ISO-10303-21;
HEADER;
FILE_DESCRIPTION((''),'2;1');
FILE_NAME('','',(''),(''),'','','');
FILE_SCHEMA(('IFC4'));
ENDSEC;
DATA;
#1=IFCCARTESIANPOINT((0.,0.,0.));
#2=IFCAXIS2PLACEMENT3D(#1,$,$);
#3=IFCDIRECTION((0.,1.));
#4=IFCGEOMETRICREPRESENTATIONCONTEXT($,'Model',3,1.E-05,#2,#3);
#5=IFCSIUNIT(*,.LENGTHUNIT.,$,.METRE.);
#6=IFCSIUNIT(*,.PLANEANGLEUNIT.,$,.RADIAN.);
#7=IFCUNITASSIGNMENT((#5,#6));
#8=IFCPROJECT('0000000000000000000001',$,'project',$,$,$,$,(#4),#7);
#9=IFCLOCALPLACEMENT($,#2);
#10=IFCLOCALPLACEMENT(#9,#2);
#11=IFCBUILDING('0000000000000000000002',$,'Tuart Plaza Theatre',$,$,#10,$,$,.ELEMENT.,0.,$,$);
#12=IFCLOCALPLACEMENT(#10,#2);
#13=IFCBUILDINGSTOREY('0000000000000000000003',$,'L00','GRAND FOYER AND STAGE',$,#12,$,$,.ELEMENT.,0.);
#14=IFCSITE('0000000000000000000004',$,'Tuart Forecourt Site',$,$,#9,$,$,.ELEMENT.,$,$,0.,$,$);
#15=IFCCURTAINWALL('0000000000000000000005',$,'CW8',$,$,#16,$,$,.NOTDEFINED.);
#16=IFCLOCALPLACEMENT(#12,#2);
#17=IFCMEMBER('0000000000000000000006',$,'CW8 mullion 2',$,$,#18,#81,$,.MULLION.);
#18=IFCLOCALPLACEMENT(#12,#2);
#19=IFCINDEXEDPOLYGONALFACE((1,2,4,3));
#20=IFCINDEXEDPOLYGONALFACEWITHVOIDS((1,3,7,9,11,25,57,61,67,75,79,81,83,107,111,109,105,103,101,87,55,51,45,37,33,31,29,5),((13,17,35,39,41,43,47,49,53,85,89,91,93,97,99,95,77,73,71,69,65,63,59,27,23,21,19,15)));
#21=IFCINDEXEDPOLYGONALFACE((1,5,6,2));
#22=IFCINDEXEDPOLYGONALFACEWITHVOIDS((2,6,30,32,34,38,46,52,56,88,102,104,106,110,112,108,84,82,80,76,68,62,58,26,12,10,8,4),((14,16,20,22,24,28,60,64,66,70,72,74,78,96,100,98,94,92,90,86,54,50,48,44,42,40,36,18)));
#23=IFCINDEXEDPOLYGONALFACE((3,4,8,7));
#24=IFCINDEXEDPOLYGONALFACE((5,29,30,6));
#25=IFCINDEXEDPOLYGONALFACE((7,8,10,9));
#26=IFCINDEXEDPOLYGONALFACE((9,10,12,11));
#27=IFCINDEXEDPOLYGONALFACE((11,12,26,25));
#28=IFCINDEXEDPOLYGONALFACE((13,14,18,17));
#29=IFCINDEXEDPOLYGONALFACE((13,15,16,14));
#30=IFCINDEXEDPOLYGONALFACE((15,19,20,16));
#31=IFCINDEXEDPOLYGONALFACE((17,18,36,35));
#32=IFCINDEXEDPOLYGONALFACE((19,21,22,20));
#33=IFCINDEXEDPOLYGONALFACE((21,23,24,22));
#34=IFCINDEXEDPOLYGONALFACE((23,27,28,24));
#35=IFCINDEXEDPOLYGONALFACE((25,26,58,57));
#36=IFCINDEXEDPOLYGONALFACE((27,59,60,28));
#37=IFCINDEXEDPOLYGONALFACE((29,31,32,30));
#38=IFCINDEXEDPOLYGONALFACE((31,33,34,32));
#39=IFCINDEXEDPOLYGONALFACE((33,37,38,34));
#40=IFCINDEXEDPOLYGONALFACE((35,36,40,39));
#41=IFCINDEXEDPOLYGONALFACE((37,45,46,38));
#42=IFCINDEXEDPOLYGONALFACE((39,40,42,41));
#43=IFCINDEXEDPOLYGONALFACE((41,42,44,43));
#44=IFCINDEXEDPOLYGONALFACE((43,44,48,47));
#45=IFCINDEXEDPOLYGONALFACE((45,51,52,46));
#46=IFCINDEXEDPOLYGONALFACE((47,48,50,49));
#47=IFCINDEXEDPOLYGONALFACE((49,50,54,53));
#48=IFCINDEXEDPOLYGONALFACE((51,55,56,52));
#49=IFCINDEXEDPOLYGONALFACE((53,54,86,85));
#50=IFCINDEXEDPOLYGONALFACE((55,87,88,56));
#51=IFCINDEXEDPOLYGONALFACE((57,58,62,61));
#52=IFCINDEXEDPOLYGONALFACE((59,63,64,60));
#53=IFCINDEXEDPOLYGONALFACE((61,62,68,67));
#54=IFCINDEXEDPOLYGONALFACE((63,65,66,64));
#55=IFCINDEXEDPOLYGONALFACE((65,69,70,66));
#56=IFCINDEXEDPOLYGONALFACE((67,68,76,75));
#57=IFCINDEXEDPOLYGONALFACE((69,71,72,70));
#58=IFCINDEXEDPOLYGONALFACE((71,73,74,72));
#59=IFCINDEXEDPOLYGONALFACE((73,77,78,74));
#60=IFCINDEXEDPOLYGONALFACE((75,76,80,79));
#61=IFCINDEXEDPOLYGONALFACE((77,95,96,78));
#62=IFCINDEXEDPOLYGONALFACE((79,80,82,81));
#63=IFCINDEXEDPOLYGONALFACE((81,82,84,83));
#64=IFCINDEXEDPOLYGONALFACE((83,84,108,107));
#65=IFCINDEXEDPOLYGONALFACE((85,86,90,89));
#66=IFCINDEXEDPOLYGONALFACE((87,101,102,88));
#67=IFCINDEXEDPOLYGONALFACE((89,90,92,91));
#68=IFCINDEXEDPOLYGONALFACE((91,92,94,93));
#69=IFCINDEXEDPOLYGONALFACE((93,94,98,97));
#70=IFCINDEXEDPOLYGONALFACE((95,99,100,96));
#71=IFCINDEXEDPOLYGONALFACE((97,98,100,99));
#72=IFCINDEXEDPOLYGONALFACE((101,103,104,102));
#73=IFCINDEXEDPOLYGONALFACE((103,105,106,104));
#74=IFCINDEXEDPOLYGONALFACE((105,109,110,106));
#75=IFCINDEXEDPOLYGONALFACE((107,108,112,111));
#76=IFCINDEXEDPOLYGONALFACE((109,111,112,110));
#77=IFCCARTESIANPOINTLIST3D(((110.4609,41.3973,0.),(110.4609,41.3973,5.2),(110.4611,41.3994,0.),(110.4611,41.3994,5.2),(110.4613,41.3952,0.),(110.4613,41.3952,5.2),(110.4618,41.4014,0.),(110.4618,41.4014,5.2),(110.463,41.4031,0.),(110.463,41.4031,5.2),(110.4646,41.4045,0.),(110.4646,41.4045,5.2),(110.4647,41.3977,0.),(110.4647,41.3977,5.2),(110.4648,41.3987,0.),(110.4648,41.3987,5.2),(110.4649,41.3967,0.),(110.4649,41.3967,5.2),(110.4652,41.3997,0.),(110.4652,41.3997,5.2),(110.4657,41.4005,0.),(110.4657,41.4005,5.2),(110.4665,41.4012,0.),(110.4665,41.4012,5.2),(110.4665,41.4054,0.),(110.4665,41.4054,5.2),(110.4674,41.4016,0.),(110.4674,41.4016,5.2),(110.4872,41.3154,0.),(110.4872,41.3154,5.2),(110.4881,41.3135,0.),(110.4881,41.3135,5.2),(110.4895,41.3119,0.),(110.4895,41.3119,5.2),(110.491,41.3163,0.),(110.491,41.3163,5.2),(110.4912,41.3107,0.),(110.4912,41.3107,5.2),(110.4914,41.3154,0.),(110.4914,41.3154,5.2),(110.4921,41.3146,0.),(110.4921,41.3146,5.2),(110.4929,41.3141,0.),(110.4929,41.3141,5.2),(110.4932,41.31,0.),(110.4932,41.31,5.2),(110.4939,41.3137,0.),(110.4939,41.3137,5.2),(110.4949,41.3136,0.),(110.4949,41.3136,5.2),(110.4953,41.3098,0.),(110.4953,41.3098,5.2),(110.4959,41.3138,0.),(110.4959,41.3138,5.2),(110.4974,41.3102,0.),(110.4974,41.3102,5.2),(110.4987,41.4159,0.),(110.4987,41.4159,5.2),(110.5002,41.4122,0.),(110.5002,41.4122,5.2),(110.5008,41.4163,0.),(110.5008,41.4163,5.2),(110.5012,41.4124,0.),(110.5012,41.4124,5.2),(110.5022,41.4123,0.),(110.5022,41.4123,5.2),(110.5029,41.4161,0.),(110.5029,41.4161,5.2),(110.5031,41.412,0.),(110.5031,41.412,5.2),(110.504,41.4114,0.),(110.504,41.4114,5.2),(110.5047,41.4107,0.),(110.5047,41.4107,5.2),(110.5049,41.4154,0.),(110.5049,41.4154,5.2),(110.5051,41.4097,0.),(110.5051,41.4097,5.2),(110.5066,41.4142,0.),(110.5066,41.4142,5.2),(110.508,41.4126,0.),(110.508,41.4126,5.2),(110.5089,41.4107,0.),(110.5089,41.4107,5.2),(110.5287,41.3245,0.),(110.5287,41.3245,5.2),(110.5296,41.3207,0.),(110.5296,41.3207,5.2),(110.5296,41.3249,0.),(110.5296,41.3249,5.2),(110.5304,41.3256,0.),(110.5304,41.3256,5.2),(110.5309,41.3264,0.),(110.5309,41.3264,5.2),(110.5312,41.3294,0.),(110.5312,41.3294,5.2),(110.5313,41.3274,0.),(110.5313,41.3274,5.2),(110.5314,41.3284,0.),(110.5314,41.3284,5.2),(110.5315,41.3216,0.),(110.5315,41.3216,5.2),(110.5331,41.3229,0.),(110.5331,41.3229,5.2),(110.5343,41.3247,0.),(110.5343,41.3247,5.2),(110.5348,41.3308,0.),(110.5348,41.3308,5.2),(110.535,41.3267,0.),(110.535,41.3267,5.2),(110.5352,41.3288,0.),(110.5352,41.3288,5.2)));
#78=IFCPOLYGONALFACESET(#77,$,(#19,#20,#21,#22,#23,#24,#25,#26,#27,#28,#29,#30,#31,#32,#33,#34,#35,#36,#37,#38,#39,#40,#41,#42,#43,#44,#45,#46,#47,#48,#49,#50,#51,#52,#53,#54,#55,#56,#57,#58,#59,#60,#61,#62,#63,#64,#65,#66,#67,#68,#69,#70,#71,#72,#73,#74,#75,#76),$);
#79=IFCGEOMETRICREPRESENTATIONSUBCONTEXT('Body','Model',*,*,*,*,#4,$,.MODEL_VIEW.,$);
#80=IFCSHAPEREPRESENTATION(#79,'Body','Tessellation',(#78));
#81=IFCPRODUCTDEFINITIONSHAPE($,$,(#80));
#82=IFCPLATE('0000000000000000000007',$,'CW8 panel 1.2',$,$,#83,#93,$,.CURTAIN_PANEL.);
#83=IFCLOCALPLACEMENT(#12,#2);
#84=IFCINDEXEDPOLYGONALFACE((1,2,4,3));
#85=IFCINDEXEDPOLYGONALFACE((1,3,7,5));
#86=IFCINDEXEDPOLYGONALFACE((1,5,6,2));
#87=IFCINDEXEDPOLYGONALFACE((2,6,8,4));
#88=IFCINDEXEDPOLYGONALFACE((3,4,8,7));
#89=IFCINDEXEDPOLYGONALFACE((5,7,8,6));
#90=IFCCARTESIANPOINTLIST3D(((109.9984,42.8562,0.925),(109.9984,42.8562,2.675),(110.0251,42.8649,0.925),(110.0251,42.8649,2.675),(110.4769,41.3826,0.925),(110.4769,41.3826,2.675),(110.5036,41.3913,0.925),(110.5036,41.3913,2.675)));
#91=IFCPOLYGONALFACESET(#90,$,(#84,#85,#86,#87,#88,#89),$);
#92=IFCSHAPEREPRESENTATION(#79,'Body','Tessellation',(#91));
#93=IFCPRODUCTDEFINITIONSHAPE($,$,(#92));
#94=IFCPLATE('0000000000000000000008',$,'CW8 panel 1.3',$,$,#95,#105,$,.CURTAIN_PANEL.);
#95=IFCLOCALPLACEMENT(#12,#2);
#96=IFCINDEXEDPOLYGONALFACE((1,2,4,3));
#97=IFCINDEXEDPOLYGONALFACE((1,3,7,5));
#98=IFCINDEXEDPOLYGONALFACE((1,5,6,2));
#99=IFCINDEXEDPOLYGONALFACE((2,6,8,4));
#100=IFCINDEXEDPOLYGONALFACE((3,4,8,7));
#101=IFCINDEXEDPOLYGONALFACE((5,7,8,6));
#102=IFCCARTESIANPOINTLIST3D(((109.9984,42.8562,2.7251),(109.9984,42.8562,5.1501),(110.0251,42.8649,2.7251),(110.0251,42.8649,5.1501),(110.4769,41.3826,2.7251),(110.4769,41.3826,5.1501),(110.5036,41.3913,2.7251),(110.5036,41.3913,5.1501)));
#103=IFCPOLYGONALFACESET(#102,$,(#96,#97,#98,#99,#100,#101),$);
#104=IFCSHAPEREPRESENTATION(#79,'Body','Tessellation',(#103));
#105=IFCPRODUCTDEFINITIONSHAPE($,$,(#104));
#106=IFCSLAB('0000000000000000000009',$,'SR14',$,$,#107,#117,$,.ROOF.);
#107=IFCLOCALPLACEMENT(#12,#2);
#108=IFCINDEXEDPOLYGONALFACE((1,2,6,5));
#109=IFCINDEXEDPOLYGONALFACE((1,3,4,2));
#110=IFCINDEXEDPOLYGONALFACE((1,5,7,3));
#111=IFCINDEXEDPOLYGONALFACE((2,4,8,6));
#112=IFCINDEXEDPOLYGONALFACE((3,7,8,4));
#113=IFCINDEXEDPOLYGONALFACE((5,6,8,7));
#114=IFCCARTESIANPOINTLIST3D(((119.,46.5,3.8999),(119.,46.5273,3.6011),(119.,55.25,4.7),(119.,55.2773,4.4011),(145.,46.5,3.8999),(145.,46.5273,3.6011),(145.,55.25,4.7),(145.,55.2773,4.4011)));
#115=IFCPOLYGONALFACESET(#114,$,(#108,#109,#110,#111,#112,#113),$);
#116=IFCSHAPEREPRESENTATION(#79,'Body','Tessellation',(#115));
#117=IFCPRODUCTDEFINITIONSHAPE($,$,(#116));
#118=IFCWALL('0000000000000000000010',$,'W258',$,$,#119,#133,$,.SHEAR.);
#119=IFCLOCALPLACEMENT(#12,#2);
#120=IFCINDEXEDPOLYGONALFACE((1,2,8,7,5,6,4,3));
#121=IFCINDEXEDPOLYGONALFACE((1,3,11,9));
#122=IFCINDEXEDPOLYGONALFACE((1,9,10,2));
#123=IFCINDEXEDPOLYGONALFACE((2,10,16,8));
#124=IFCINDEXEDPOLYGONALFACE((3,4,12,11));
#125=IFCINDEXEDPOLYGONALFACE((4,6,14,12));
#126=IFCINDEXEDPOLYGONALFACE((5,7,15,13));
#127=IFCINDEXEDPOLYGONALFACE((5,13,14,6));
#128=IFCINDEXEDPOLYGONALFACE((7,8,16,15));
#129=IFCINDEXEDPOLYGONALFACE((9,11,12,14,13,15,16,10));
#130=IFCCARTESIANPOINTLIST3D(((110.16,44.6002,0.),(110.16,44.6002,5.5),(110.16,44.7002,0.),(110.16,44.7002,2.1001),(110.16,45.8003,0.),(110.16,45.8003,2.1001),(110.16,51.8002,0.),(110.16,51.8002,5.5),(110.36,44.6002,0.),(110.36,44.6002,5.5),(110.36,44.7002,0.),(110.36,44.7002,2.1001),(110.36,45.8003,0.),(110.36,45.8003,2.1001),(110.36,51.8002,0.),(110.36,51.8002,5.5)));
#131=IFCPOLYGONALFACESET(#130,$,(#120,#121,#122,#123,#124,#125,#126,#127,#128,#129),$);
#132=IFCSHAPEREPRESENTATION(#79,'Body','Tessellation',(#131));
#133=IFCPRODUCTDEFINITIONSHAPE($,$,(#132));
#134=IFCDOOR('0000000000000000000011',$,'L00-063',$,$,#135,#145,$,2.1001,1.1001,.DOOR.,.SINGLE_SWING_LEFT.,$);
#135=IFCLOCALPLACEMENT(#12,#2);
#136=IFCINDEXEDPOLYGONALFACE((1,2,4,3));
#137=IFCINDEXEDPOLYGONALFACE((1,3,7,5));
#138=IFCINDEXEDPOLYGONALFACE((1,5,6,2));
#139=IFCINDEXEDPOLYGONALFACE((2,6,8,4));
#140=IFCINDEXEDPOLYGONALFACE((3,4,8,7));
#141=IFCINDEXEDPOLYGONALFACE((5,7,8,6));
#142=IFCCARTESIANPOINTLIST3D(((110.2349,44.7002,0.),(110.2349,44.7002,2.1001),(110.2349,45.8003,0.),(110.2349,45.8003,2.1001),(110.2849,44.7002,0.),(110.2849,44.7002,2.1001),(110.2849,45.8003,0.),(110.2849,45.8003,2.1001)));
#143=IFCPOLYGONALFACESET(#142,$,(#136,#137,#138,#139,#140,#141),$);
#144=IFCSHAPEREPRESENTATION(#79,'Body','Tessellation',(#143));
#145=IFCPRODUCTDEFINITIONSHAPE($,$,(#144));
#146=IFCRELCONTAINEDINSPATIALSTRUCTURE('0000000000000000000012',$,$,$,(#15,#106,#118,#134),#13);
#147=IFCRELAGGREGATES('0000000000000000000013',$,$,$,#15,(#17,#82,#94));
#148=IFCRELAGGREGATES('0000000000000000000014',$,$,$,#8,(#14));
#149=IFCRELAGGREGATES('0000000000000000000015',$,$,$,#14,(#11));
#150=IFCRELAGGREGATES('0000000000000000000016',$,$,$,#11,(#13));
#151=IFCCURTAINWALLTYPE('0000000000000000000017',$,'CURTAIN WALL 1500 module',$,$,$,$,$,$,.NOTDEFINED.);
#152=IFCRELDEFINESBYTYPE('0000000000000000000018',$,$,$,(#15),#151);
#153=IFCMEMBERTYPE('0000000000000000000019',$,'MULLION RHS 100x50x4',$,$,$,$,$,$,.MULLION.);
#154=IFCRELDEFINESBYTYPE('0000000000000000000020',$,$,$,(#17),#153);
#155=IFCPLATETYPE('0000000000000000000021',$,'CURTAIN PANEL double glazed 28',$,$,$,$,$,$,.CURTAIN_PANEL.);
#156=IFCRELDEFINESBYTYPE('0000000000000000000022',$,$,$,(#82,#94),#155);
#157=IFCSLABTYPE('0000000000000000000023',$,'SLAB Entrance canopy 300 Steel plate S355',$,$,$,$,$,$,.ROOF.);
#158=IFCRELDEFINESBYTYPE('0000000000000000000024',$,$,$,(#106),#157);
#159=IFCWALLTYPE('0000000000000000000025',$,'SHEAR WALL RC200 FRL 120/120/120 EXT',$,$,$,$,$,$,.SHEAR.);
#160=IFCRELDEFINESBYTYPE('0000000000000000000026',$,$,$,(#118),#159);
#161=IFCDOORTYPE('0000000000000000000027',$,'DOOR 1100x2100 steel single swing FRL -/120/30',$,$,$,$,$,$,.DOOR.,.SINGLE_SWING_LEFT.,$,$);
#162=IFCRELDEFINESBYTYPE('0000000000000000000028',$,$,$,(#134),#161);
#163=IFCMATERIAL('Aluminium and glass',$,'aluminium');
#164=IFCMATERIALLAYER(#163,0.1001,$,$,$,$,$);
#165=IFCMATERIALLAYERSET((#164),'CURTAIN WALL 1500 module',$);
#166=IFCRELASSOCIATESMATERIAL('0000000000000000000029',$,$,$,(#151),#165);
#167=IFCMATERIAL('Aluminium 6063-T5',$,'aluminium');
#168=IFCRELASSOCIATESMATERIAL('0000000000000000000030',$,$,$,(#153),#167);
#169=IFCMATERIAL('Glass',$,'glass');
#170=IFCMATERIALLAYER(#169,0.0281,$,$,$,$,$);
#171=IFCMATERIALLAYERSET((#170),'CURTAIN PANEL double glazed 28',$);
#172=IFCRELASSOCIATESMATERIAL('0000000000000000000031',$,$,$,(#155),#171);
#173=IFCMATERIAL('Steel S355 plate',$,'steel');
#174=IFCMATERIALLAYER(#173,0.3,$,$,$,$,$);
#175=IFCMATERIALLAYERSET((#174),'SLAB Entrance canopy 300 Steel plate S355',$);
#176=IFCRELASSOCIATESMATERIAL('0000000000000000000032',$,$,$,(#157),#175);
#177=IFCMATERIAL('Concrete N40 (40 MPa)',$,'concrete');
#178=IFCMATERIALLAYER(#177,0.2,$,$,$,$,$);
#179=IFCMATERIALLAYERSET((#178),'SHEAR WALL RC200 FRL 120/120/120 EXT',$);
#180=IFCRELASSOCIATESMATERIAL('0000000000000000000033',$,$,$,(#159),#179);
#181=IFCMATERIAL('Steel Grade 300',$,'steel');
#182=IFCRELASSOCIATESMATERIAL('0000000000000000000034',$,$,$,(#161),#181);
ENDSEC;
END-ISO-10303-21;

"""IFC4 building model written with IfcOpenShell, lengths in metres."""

from ifc_helpers import new_model, si_unit, direction, frame, frame_2d, origin, origin_2d, place, context, subcontext, project, spatial, polyline, rectangle, hollow_rectangle, outline, extrude, material, layer, layer_set, material_profile, profile_set, type_object, element, fill, aggregate, save


model = new_model("IFC4")

# Units and contexts
model_context = context("Model", 3, precision=1e-05, world=origin(), true_north=direction((0.0, 1.0)))
body_context = subcontext(model_context, "Body", "Model", "MODEL_VIEW")
ifc_project = project(units=[si_unit("LENGTHUNIT", "METRE"), si_unit("PLANEANGLEUNIT", "RADIAN")], contexts=[model_context])

# Site, building, storey
site_placement = place(None, origin())
site = spatial("IfcSite", under=ifc_project, at=site_placement, Name="Tuart Forecourt Site", CompositionType="ELEMENT", RefElevation=0.0)
building_placement = place(site_placement, origin())
building = spatial("IfcBuilding", under=site, at=building_placement, Name="Tuart Plaza Theatre", CompositionType="ELEMENT", ElevationOfRefHeight=0.0)
storey_placement = place(building_placement, origin())
storey = spatial("IfcBuildingStorey", under=building, at=storey_placement, Name="L00", Description="GRAND FOYER AND STAGE", CompositionType="ELEMENT", Elevation=0.0)

# Curtain wall, member, plates
ifc_material_1 = material(Name="Aluminium and glass", Category="aluminium")
ifc_layer_1 = layer(ifc_material_1, 0.1001)
ifc_layer_set_1 = layer_set([ifc_layer_1], Name="CURTAIN WALL 1500 module")
curtain_wall_type = type_object("IfcCurtainWallType", Name="CURTAIN WALL 1500 module", PredefinedType="NOTDEFINED", material=ifc_layer_set_1)
curtain_wall_placement = place(storey_placement, origin())
curtain_wall = element("IfcCurtainWall", 1, at=curtain_wall_placement, inside=storey, type_object=curtain_wall_type, Name="CW8", PredefinedType="NOTDEFINED")
ifc_material_2 = material(Name="Aluminium 6063-T5", Category="aluminium")
ifc_material_profile_1 = material_profile(ifc_material_2, hollow_rectangle(XDim=0.05, YDim=0.1001, WallThickness=0.0039, InnerFilletRadius=0.0039, OuterFilletRadius=0.0081, at=origin_2d()), Name="RHS 100x50x4")
ifc_profile_set_1 = profile_set([ifc_material_profile_1], Name="Aluminium 6063-T5")
member_type = type_object("IfcMemberType", Name="MULLION RHS 100x50x4", PredefinedType="MULLION", material=ifc_profile_set_1)
member_placement = place(storey_placement, frame((110.498, 41.363, 0.0), z_axis=(0.0, 0.0, 1.0), x_axis=(0.951122, 0.308815, 0.0)))
member = element("IfcMember", 2, at=member_placement, type_object=member_type, Name="CW8 mullion 2", PredefinedType="MULLION", context=body_context, shape_type="SweptSolid", body=[
    extrude(hollow_rectangle(XDim=0.05, YDim=0.1001, WallThickness=0.0039, InnerFilletRadius=0.0039, OuterFilletRadius=0.0081, at=origin_2d()), origin(), (0.0, 0.0, 1.0), 5.2),
])
ifc_material_3 = material(Name="Glass", Category="glass")
ifc_layer_2 = layer(ifc_material_3, 0.0281)
ifc_layer_set_2 = layer_set([ifc_layer_2], Name="CURTAIN PANEL double glazed 28")
plate_type = type_object("IfcPlateType", Name="CURTAIN PANEL double glazed 28", PredefinedType="CURTAIN_PANEL", material=ifc_layer_set_2)
plate_1_placement = place(storey_placement, frame((110.251, 42.1238, 0.925), z_axis=(0.0, 0.0, 1.0), x_axis=(0.308815, -0.951122, 0.0)))
plate_1 = element("IfcPlate", 3, at=plate_1_placement, type_object=plate_type, Name="CW8 panel 1.2", PredefinedType="CURTAIN_PANEL", context=body_context, shape_type="SweptSolid", body=[
    extrude(rectangle(XDim=1.5493, YDim=0.0281, at=origin_2d()), origin(), (0.0, 0.0, 1.0), 1.75),
])
plate_2_placement = place(storey_placement, frame((110.251, 42.1238, 2.7251), z_axis=(0.0, 0.0, 1.0), x_axis=(0.308815, -0.951122, 0.0)))
plate_2 = element("IfcPlate", 4, at=plate_2_placement, type_object=plate_type, Name="CW8 panel 1.3", PredefinedType="CURTAIN_PANEL", context=body_context, shape_type="SweptSolid", body=[
    extrude(rectangle(XDim=1.5493, YDim=0.0281, at=origin_2d()), origin(), (0.0, 0.0, 1.0), 2.425),
])
aggregate(curtain_wall, [member, plate_1, plate_2])

# Slab
ifc_material_4 = material(Name="Steel S355 plate", Category="steel")
ifc_layer_3 = layer(ifc_material_4, 0.3)
ifc_layer_set_3 = layer_set([ifc_layer_3], Name="SLAB Entrance canopy 300 Steel plate S355")
slab_type = type_object("IfcSlabType", Name="SLAB Entrance canopy 300 Steel plate S355", PredefinedType="ROOF", material=ifc_layer_set_3)
slab_placement = place(storey_placement, frame((119.0, 46.5, 3.8999), z_axis=(0.0, -0.091054, 0.995846), x_axis=(1.0, 0.0, 0.0)))
element("IfcSlab", 5, at=slab_placement, inside=storey, type_object=slab_type, Name="SR14", PredefinedType="ROOF", context=body_context, shape_type="SweptSolid", body=[
    extrude(outline(polyline([(0.0, 0.0), (26.0, 0.0), (26.0, 8.7865), (0.0, 8.7865), (0.0, 0.0)])), origin(), (0.0, 0.0, -1.0), 0.3),
])

# Wall, opening, door
ifc_material_5 = material(Name="Concrete N40 (40 MPa)", Category="concrete")
ifc_layer_4 = layer(ifc_material_5, 0.2)
ifc_layer_set_4 = layer_set([ifc_layer_4], Name="SHEAR WALL RC200 FRL 120/120/120 EXT")
wall_type = type_object("IfcWallType", Name="SHEAR WALL RC200 FRL 120/120/120 EXT", PredefinedType="SHEAR", material=ifc_layer_set_4)
wall_placement = place(storey_placement, frame((110.26, 44.6001, 0.0), z_axis=(0.0, 0.0, 1.0), x_axis=(0.0, 1.0, 0.0)))
wall = element("IfcWall", 6, at=wall_placement, inside=storey, type_object=wall_type, Name="W258", PredefinedType="SHEAR", context=body_context, shape_type="SweptSolid", body=[
    extrude(rectangle(XDim=7.2, YDim=0.2, at=frame_2d((3.6001, 0.0))), origin(), (0.0, 0.0, 1.0), 5.5),
])
opening_placement = place(wall_placement, frame((0.1001, 0.0, 0.0)))
opening = element("IfcOpeningElement", 7, at=opening_placement, cuts=wall, PredefinedType="OPENING", context=body_context, shape_type="SweptSolid", body=[
    extrude(rectangle(XDim=1.1001, YDim=2.1001, at=frame_2d((0.55, 1.05))), frame((0.0, 0.1099, 0.0), z_axis=(0.0, -1.0, 0.0), x_axis=(1.0, 0.0, 0.0)), (0.0, 0.0, 1.0), 0.22),
])
ifc_material_6 = material(Name="Steel Grade 300", Category="steel")
door_type = type_object("IfcDoorType", Name="DOOR 1100x2100 steel single swing FRL -/120/30", OperationType="SINGLE_SWING_LEFT", PredefinedType="DOOR", material=ifc_material_6)
door_placement = place(opening_placement, frame((1.1001, 0.0, 0.0), z_axis=(0.0, 0.0, 1.0), x_axis=(-1.0, 0.0, 0.0)))
door = element("IfcDoor", 8, at=door_placement, inside=storey, type_object=door_type, Name="L00-063", OperationType="SINGLE_SWING_LEFT", OverallHeight=2.1001, OverallWidth=1.1001, PredefinedType="DOOR", context=body_context, shape_type="SweptSolid", body=[
    extrude(rectangle(XDim=1.1001, YDim=2.1001, at=frame_2d((0.55, 1.05))), frame((0.0, 0.0249, 0.0), z_axis=(0.0, -1.0, 0.0), x_axis=(1.0, 0.0, 0.0)), (0.0, 0.0, 1.0), 0.05),
])
fill(opening, door)

save(model, "model.ifc")
